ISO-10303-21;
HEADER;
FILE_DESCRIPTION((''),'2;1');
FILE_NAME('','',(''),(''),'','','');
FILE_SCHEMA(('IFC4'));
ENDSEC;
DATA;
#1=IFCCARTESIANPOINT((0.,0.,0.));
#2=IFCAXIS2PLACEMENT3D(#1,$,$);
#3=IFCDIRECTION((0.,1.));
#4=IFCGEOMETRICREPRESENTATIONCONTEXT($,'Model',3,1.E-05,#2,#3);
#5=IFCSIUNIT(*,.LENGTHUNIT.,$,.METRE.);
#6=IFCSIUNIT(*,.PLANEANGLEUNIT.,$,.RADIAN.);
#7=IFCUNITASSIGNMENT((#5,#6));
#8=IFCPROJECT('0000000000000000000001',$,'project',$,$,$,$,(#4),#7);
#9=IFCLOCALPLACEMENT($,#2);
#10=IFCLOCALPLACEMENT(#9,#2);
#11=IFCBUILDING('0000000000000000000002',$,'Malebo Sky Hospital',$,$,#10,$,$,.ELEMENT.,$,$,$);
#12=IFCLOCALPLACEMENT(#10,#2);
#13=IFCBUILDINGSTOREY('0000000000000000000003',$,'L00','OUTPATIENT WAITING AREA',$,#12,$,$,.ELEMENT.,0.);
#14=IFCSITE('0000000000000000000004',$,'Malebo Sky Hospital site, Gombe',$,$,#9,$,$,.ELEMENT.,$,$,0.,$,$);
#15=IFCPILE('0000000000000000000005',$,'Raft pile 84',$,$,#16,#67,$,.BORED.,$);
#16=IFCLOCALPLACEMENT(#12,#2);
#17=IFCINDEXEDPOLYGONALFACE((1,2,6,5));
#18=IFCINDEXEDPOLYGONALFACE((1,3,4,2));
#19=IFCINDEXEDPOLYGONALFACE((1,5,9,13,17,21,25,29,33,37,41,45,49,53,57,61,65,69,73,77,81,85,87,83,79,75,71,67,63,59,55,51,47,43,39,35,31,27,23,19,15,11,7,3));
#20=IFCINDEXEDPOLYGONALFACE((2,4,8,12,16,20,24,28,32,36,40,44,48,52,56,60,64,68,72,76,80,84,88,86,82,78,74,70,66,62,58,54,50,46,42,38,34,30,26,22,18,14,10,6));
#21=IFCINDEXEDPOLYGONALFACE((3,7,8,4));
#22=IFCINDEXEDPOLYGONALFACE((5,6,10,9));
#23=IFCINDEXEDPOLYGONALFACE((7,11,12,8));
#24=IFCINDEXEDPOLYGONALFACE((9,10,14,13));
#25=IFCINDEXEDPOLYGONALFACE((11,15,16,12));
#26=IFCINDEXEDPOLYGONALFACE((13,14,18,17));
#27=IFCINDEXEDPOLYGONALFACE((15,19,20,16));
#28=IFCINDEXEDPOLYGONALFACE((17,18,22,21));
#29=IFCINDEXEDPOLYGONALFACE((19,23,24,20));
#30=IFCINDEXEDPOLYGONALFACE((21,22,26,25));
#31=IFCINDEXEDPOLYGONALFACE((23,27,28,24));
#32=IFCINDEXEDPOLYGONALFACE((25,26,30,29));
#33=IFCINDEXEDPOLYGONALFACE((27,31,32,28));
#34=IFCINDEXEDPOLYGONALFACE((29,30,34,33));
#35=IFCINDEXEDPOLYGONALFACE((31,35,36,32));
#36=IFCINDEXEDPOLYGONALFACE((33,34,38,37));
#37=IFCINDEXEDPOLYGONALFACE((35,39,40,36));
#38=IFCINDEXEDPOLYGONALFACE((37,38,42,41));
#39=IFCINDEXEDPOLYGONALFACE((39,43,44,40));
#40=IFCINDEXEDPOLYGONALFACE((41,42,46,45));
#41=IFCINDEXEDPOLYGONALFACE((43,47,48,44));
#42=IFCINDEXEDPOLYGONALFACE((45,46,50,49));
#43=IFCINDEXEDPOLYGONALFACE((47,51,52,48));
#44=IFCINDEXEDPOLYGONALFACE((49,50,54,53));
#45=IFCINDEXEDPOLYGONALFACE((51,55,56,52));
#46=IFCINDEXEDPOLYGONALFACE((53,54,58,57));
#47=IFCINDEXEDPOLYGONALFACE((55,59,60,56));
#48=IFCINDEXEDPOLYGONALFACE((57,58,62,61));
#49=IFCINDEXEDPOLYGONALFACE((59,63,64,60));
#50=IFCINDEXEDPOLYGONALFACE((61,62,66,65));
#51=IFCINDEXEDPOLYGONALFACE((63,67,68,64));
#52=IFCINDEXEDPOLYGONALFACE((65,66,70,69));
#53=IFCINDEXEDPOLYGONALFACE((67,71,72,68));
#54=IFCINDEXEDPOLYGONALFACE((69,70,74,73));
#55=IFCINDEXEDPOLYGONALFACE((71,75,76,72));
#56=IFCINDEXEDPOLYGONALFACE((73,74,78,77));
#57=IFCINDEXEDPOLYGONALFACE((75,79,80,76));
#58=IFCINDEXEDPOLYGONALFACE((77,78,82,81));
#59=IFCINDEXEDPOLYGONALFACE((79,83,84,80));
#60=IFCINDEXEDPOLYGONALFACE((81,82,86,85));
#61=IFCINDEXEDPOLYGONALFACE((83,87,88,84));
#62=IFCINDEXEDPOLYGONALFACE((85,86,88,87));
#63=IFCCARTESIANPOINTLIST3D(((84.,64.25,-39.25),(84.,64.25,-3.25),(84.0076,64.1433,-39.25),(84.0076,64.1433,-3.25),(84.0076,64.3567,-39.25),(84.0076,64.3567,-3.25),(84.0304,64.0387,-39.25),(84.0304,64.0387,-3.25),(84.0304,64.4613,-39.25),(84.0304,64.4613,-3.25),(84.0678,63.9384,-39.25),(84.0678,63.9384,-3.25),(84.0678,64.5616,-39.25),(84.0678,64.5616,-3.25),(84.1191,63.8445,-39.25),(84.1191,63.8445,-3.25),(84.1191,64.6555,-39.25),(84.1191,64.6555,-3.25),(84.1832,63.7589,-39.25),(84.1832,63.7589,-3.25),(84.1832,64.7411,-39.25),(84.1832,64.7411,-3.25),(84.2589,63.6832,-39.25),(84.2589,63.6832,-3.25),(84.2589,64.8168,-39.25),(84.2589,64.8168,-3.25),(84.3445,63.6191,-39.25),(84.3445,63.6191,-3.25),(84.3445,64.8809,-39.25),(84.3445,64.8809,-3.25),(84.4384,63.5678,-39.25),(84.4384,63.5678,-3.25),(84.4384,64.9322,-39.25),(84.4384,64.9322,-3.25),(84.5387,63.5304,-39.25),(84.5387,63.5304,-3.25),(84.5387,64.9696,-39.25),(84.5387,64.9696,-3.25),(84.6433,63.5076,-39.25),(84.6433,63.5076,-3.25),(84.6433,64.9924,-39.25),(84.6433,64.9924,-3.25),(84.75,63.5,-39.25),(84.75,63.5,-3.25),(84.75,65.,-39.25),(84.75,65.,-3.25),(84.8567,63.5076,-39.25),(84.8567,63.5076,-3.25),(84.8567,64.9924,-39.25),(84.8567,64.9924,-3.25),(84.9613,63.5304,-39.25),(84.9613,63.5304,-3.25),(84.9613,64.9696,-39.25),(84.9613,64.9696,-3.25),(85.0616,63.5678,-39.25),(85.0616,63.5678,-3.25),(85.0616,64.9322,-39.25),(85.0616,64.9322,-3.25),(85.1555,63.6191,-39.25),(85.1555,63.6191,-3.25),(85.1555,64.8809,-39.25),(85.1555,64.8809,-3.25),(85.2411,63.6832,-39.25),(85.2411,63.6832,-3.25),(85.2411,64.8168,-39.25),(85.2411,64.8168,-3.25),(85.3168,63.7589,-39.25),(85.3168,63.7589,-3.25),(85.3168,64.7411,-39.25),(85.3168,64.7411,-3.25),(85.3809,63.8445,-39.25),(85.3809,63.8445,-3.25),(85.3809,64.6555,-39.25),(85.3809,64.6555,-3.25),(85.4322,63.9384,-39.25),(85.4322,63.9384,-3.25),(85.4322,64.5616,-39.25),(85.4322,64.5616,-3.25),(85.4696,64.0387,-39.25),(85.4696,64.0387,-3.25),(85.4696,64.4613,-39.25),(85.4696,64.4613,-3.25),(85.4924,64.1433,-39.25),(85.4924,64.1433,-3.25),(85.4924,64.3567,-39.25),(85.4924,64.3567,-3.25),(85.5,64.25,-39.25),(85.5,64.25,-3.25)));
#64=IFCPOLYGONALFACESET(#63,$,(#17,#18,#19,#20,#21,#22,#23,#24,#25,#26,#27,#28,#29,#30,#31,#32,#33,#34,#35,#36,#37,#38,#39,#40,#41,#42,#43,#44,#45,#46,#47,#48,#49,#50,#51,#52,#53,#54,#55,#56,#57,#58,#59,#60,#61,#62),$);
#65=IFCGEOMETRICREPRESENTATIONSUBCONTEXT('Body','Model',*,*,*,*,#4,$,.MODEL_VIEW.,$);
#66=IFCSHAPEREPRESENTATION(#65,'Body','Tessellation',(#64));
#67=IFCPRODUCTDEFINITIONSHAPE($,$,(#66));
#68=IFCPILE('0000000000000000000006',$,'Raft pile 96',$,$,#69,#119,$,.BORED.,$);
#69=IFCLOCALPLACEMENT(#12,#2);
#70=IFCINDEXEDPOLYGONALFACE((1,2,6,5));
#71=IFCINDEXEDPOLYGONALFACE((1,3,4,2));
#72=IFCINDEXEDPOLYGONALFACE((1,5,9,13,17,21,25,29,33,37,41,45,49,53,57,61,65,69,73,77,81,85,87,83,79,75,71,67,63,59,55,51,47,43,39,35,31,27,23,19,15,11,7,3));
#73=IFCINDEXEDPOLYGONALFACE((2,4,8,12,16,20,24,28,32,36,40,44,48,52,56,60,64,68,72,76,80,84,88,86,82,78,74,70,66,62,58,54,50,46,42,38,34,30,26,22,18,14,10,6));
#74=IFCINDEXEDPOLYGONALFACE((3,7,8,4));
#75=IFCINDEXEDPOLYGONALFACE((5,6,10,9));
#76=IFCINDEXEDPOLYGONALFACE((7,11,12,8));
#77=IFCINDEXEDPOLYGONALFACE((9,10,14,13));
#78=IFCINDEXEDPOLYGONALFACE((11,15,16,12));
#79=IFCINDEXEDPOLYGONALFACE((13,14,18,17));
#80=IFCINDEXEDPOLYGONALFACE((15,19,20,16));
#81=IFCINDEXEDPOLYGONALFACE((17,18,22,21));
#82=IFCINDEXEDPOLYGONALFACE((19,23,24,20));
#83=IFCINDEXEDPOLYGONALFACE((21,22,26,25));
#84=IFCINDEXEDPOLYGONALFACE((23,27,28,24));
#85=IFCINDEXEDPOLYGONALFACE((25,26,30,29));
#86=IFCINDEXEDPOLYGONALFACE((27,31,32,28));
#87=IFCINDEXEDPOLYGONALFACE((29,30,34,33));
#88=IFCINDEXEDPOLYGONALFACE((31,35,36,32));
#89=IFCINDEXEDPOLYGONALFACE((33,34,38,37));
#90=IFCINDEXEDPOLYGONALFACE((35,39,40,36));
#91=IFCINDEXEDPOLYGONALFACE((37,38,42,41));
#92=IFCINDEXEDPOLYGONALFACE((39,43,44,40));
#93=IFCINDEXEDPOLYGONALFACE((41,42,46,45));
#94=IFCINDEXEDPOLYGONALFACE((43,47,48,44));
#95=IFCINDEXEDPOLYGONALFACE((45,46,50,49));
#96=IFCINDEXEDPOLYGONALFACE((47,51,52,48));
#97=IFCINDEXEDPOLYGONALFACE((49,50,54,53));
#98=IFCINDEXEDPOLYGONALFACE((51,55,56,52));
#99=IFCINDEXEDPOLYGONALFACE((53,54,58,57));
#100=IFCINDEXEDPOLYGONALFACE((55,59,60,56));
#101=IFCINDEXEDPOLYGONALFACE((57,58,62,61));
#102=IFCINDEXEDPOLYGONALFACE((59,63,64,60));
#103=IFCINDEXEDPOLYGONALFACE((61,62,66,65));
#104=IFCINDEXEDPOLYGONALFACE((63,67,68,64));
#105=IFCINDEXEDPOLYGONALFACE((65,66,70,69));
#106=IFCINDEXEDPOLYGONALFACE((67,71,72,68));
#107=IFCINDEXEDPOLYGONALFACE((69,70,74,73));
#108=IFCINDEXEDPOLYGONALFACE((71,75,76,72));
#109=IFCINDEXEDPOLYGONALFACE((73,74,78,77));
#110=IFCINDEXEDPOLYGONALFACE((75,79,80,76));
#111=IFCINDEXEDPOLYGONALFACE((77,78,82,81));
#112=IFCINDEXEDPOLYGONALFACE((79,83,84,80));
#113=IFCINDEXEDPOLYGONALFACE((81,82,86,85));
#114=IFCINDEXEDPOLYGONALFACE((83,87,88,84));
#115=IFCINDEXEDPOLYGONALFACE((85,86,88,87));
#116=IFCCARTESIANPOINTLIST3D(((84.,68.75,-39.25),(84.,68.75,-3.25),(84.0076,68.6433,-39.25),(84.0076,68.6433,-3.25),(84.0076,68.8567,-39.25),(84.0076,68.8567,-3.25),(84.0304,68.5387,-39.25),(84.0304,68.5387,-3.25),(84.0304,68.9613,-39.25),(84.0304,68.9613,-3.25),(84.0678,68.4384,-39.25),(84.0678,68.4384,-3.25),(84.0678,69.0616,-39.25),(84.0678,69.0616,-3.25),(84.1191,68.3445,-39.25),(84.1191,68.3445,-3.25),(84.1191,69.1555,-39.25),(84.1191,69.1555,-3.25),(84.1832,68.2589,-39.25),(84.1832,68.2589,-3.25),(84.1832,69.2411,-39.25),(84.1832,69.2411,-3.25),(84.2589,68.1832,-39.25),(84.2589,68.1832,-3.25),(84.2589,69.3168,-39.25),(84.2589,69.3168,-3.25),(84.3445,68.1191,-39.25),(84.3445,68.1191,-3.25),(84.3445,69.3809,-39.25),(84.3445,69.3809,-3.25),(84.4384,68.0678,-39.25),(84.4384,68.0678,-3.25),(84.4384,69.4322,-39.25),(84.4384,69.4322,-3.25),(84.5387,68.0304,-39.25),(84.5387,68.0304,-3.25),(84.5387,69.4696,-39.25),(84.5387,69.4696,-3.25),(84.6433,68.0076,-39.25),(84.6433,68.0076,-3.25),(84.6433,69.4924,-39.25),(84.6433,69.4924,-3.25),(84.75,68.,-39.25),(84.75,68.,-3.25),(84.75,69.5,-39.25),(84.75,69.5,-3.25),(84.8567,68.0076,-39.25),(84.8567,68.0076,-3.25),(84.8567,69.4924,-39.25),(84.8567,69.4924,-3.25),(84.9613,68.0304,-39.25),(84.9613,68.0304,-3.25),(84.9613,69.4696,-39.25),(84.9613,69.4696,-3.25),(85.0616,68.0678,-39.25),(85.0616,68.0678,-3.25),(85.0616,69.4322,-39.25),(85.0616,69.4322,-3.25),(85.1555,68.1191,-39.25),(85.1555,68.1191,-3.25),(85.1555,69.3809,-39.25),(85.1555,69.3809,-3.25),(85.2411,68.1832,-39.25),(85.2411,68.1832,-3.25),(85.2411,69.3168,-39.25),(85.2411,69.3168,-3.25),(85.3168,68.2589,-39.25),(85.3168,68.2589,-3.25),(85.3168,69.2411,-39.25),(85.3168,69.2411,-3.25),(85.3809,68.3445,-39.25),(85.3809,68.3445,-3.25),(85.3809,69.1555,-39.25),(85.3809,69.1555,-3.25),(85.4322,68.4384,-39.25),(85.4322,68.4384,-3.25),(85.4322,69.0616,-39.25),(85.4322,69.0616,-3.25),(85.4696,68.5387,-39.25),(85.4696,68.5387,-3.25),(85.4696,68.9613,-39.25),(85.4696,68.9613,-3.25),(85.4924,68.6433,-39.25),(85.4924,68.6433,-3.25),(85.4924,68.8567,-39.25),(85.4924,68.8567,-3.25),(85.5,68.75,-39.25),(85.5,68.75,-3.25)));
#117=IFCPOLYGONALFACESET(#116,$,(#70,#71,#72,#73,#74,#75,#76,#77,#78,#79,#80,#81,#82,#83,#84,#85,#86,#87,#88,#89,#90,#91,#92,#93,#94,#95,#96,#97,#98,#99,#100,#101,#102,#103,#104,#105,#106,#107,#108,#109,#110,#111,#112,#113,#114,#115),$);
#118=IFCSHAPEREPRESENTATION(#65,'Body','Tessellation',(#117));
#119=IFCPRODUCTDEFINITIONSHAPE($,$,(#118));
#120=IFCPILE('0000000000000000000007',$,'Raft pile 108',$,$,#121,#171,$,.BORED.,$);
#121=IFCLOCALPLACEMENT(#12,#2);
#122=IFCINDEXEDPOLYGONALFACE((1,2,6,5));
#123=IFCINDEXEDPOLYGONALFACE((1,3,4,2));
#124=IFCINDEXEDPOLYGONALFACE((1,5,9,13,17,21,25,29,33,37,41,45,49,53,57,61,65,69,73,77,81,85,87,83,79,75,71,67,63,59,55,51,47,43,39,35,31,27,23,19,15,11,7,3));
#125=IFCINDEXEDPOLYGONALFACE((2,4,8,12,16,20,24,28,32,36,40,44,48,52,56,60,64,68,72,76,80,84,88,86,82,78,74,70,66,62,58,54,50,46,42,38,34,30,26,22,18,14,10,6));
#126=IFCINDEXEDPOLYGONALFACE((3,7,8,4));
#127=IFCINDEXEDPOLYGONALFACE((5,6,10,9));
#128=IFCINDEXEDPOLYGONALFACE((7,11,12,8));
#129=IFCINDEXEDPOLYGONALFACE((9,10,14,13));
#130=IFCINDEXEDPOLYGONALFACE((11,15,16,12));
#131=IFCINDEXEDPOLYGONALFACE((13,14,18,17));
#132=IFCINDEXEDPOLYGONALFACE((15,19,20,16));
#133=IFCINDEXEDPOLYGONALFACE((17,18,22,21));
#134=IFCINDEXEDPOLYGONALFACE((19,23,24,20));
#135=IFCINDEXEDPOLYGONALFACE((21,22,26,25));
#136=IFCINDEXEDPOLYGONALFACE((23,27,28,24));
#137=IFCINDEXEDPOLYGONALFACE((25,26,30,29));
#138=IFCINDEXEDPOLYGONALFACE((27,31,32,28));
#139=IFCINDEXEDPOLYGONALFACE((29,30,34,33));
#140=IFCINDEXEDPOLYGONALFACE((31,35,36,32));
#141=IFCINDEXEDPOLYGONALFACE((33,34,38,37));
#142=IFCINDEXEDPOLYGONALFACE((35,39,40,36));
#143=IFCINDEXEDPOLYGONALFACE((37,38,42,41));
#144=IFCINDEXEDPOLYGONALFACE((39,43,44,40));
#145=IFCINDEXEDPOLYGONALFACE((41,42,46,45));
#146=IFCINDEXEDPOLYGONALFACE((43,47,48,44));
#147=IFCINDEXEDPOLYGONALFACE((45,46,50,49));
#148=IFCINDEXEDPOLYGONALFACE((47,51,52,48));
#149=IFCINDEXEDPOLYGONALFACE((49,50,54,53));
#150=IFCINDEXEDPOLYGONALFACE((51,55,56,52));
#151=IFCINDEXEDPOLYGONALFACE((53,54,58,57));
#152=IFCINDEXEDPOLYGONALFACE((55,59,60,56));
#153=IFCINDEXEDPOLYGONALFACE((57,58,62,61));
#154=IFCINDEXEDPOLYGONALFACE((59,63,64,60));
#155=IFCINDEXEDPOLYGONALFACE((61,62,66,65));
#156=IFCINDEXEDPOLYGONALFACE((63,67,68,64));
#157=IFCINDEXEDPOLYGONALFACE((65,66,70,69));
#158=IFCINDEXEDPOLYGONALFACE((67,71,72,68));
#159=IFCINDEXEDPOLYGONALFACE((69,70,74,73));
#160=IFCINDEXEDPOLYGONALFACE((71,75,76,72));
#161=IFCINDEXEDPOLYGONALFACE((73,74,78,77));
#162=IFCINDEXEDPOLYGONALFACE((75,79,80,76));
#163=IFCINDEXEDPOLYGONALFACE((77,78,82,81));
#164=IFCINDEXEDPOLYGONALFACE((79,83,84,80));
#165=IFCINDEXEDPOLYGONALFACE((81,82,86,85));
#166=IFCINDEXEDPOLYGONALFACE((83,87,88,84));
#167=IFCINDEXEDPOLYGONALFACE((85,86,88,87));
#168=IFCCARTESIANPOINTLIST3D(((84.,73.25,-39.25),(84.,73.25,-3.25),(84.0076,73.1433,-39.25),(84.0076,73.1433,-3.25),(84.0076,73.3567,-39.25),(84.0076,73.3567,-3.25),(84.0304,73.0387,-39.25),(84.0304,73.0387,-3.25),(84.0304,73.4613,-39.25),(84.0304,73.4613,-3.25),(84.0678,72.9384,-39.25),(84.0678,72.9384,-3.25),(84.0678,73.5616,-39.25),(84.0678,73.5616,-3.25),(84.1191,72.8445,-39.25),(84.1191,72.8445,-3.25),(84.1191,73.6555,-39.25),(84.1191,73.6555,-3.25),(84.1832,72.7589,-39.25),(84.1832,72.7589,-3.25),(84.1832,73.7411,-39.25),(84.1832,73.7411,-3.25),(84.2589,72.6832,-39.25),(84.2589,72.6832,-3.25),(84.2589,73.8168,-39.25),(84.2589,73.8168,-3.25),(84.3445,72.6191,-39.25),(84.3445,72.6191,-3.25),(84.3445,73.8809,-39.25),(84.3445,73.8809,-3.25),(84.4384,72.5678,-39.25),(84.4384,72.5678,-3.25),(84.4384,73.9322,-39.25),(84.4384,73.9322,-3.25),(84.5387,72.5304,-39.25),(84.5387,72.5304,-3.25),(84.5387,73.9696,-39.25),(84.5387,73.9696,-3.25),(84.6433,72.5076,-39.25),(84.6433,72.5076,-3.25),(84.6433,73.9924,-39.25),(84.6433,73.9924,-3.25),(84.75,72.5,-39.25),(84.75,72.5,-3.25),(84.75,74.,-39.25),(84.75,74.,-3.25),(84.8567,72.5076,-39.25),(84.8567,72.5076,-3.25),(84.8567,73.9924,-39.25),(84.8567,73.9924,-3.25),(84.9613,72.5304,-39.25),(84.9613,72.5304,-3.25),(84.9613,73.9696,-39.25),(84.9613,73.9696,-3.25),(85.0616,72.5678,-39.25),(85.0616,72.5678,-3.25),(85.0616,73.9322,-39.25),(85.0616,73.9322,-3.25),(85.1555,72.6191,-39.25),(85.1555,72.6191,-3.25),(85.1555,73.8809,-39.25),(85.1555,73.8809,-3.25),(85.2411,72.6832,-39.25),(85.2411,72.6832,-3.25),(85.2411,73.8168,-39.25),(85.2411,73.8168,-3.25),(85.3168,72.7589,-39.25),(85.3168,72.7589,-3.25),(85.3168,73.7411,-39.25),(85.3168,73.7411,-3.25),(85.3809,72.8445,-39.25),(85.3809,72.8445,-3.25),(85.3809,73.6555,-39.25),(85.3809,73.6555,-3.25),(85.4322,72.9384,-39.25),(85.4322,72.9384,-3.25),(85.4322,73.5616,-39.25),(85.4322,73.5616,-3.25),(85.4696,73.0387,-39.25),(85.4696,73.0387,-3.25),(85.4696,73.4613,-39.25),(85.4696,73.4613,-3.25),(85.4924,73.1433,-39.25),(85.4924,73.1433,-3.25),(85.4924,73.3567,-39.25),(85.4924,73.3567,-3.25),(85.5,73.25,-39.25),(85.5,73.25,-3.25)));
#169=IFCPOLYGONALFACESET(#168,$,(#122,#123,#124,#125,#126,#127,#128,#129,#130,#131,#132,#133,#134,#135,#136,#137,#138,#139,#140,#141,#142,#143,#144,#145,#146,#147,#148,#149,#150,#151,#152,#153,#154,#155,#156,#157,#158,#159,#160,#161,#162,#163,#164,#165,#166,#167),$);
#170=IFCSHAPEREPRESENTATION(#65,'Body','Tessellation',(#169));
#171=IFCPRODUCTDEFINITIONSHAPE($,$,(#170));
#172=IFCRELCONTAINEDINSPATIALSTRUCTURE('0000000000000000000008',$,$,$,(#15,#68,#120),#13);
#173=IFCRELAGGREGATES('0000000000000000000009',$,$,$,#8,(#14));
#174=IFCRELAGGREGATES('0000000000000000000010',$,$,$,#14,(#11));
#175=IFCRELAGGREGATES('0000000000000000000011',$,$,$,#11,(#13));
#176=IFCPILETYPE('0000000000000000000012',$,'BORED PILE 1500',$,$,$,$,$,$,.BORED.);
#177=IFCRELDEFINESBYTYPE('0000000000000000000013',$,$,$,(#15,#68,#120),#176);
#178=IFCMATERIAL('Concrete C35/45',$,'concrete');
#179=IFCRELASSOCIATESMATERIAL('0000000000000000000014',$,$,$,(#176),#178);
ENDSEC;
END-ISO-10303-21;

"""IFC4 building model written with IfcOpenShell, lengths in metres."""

from ifc_helpers import new_model, si_unit, direction, frame, origin, origin_2d, place, context, subcontext, project, spatial, circle, extrude, material, material_profile, profile_set, type_object, element, save


model = new_model("IFC4")

# Units and contexts
model_context = context("Model", 3, precision=1e-05, world=origin(), true_north=direction((0.0, 1.0)))
body_context = subcontext(model_context, "Body", "Model", "MODEL_VIEW")
ifc_project = project(units=[si_unit("LENGTHUNIT", "METRE"), si_unit("PLANEANGLEUNIT", "RADIAN")], contexts=[model_context])

# Site, building, storey
site_placement = place(None, origin())
site = spatial("IfcSite", under=ifc_project, at=site_placement, Name="Malebo Sky Hospital site, Gombe", CompositionType="ELEMENT", RefElevation=0.0)
building_placement = place(site_placement, origin())
building = spatial("IfcBuilding", under=site, at=building_placement, Name="Malebo Sky Hospital", CompositionType="ELEMENT")
storey_placement = place(building_placement, origin())
storey = spatial("IfcBuildingStorey", under=building, at=storey_placement, Name="L00", Description="OUTPATIENT WAITING AREA", CompositionType="ELEMENT", Elevation=0.0)

# Piles
ifc_material_1 = material(Name="Concrete C35/45", Category="concrete")
ifc_material_profile_1 = material_profile(ifc_material_1, circle(Radius=0.75, at=origin_2d()), Name="BP 1500")
ifc_profile_set_1 = profile_set([ifc_material_profile_1], Name="Concrete C35/45")
pile_type_1 = type_object("IfcPileType", Name="BORED PILE 1500", PredefinedType="BORED", material=ifc_profile_set_1)
for number, where, z_axis, x_axis, name in (
    (1, (84.75, 64.25, -3.25), (0.0, 0.0, -1.0), (1.0, 0.0, 0.0), "Raft pile 84"),
    (2, (84.75, 68.75, -3.25), (0.0, 0.0, -1.0), (1.0, 0.0, 0.0), "Raft pile 96"),
    (3, (84.75, 73.25, -3.25), (0.0, 0.0, -1.0), (1.0, 0.0, 0.0), "Raft pile 108"),
):
    element("IfcPile", number, at=place(storey_placement, frame(where, z_axis=z_axis, x_axis=x_axis)), inside=storey, type_object=pile_type_1, Name=name, PredefinedType="BORED", context=body_context, shape_type="SweptSolid", body=[
        extrude(circle(Radius=0.75, at=origin_2d()), origin(), (0.0, 0.0, 1.0), 36.0),
    ])

save(model, "model.ifc")
